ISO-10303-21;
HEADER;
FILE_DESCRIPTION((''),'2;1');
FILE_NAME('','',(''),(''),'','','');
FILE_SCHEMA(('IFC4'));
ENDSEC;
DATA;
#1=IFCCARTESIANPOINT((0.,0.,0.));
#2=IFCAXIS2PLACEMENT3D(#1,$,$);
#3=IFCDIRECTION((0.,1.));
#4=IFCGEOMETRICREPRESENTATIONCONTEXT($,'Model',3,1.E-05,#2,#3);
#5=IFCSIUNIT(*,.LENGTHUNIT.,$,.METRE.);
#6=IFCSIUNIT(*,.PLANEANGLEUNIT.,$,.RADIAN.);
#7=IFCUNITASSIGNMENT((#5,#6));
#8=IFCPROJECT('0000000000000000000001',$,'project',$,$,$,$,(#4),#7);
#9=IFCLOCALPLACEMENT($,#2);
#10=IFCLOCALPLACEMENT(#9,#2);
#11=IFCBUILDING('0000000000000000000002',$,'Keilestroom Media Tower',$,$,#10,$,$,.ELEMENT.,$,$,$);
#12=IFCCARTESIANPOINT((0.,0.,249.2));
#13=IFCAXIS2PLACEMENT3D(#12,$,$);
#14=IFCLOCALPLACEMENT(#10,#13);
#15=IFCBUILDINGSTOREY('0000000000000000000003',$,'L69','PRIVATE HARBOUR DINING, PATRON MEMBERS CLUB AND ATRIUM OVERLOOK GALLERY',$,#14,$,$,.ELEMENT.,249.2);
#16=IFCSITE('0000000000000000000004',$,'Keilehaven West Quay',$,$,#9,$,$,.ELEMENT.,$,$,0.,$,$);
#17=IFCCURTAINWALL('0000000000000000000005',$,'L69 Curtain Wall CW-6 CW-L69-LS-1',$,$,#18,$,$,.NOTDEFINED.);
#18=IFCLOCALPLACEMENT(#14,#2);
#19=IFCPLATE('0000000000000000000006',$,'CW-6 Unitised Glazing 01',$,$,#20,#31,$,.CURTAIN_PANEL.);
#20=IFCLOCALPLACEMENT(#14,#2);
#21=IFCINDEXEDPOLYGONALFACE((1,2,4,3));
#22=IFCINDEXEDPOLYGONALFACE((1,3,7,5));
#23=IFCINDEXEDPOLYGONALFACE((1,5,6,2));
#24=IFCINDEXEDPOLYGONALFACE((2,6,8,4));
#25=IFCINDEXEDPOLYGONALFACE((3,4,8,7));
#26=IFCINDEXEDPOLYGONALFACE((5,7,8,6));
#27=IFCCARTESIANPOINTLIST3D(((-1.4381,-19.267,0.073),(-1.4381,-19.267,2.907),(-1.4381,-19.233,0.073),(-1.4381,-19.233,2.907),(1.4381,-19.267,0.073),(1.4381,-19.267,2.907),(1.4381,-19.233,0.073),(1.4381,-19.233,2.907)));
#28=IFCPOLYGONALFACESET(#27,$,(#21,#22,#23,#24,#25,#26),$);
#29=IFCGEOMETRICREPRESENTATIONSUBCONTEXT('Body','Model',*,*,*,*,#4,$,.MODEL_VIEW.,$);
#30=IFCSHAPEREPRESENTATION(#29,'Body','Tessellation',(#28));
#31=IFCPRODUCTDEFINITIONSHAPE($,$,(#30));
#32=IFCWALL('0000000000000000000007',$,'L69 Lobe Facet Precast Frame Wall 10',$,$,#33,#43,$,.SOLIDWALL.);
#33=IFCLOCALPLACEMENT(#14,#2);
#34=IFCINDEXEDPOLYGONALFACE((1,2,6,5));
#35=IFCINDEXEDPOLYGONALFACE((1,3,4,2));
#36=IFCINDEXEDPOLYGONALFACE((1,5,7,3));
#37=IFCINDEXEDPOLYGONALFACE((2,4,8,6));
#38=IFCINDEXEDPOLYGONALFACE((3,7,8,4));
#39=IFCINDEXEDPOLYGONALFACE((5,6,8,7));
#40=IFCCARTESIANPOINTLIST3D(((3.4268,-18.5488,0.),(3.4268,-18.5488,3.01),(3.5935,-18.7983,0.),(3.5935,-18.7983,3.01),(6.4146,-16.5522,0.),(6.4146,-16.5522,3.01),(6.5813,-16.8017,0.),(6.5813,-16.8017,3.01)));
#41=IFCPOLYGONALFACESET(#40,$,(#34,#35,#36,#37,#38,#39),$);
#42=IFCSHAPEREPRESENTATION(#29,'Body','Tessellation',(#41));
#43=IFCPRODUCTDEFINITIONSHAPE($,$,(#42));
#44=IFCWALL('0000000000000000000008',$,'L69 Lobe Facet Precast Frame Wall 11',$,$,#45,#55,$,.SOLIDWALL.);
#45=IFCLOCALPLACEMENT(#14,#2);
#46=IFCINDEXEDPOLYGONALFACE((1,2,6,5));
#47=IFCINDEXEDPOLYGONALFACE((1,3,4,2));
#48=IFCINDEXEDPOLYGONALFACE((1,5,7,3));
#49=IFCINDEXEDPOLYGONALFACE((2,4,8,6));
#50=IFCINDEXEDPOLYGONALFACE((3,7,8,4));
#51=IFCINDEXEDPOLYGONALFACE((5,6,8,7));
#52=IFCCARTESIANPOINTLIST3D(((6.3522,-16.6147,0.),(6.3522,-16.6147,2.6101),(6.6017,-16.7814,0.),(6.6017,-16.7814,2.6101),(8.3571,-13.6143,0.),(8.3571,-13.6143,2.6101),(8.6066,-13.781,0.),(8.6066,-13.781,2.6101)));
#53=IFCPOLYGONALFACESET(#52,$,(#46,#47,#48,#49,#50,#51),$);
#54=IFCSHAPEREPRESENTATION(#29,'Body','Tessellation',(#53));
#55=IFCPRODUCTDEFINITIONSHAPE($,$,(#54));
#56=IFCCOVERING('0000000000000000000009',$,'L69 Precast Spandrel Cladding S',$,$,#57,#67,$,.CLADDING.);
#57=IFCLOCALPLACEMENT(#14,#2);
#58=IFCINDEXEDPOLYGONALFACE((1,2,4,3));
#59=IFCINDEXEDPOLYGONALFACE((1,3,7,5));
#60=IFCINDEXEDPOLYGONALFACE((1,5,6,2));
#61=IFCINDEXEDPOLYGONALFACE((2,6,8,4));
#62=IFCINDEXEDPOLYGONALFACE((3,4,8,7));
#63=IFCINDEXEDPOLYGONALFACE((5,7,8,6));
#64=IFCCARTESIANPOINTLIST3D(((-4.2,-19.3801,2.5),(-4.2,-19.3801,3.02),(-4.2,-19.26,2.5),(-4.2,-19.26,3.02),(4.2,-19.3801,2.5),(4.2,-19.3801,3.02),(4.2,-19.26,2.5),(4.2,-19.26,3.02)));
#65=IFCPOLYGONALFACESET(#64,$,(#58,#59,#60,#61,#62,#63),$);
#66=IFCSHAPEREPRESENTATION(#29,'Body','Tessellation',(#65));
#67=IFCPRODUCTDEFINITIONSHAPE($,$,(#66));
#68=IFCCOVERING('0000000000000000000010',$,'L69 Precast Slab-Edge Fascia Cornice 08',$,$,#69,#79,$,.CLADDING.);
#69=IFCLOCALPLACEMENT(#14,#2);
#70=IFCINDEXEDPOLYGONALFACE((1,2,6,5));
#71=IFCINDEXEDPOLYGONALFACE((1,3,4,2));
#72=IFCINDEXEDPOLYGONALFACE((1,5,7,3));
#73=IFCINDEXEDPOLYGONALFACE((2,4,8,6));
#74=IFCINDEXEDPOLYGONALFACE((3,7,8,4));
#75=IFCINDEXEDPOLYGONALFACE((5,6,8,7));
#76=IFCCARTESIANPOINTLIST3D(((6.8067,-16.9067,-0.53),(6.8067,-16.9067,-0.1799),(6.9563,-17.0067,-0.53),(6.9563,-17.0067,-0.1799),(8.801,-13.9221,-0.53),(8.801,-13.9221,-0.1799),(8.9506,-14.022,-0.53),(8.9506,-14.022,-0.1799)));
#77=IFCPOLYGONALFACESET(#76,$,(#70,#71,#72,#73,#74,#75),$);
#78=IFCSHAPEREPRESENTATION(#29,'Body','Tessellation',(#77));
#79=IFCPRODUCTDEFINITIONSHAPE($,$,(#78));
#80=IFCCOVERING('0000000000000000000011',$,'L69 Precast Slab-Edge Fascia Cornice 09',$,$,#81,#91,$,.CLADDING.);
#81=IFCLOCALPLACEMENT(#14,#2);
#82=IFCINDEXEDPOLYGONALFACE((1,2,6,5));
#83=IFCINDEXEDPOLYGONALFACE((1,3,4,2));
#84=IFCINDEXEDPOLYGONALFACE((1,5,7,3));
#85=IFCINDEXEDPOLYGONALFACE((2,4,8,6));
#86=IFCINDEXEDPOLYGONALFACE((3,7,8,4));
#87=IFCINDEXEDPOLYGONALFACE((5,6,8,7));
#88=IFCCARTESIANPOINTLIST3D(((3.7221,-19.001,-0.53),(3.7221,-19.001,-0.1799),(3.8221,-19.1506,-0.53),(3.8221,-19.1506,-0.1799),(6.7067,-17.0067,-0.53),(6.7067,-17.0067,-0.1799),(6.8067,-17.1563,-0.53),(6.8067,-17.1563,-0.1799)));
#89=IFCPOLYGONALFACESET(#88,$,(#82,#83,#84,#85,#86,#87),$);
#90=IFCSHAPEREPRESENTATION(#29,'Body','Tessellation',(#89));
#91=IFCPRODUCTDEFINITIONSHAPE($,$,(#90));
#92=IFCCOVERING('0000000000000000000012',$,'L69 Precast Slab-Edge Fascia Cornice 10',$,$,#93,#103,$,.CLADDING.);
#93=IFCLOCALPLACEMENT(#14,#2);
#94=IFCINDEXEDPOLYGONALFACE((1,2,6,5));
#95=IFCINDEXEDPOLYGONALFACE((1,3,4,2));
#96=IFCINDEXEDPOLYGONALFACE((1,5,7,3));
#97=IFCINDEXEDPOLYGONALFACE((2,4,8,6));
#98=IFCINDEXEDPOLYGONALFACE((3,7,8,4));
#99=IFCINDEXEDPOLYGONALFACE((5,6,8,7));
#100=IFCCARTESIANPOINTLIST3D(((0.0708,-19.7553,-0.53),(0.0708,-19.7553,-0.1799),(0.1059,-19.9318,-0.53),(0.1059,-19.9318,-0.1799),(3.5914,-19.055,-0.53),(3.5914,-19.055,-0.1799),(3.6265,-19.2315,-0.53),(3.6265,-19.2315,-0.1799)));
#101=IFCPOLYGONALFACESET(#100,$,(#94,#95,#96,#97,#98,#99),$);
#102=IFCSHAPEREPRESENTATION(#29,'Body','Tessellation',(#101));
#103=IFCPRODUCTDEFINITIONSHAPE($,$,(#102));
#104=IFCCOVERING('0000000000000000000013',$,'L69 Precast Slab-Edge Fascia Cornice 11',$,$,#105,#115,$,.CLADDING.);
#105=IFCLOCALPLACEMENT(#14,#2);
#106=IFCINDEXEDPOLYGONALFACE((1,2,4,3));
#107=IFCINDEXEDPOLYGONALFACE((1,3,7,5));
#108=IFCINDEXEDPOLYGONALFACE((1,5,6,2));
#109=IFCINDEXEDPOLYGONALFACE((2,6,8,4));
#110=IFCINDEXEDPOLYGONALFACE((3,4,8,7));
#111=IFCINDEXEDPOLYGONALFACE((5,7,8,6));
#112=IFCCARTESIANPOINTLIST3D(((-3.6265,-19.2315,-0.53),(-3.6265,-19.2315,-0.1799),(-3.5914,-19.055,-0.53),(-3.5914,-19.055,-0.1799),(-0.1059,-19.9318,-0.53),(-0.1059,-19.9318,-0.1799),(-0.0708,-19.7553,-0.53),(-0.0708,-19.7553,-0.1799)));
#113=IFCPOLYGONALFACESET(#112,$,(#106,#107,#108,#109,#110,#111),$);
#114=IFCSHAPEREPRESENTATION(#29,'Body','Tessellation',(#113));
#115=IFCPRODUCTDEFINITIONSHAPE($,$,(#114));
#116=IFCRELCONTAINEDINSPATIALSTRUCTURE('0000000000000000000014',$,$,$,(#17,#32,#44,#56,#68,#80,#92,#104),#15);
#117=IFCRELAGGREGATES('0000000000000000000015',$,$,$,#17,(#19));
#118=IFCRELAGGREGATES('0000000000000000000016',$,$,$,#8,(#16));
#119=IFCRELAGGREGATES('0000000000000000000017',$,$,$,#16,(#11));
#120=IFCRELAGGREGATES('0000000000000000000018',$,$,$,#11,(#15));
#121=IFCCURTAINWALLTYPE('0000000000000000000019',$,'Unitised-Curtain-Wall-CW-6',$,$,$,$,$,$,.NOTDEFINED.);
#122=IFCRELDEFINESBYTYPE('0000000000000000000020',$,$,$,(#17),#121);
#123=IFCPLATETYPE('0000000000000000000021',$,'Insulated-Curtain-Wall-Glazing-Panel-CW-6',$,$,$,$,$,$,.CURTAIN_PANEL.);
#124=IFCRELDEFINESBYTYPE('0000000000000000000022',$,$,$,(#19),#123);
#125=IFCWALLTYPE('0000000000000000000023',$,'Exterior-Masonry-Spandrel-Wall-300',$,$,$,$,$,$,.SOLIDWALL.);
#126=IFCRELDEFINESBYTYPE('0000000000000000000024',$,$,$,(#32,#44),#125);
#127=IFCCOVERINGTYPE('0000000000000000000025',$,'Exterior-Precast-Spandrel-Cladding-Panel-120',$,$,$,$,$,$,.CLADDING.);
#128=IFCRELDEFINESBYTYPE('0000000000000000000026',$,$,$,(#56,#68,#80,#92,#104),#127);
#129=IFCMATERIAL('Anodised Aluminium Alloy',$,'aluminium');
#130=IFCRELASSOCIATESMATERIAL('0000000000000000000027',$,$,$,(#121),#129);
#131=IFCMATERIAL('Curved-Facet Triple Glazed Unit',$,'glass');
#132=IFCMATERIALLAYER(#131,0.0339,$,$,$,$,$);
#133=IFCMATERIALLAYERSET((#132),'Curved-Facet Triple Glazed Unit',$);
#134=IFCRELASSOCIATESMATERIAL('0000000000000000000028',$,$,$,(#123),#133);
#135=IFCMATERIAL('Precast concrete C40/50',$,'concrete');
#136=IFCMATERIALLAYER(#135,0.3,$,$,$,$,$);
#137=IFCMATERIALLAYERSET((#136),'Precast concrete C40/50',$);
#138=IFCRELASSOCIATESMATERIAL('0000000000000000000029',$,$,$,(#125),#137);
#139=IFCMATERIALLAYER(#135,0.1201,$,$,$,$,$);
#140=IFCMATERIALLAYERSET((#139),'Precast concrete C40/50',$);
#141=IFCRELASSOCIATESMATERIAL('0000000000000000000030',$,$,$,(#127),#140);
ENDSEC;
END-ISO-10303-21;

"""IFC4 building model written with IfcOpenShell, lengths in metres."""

from ifc_helpers import new_model, si_unit, direction, frame, frame_2d, origin, origin_2d, place, context, subcontext, project, spatial, rectangle, extrude, source, transform, mapped, material, layer, layer_set, type_object, element, aggregate, save


model = new_model("IFC4")

# Units and contexts
model_context = context("Model", 3, precision=1e-05, world=origin(), true_north=direction((0.0, 1.0)))
body_context = subcontext(model_context, "Body", "Model", "MODEL_VIEW")
ifc_project = project(units=[si_unit("LENGTHUNIT", "METRE"), si_unit("PLANEANGLEUNIT", "RADIAN")], contexts=[model_context])

# Site, building, storey
site_placement = place(None, origin())
site = spatial("IfcSite", under=ifc_project, at=site_placement, Name="Keilehaven West Quay", CompositionType="ELEMENT", RefElevation=0.0)
building_placement = place(site_placement, origin())
building = spatial("IfcBuilding", under=site, at=building_placement, Name="Keilestroom Media Tower", CompositionType="ELEMENT")
storey_placement = place(building_placement, frame((0.0, 0.0, 249.2)))
storey = spatial("IfcBuildingStorey", under=building, at=storey_placement, Name="L69", Description="PRIVATE HARBOUR DINING, PATRON MEMBERS CLUB AND ATRIUM OVERLOOK GALLERY", CompositionType="ELEMENT", Elevation=249.2)

# Curtain wall, plate
ifc_material_1 = material(Name="Anodised Aluminium Alloy", Category="aluminium")
curtain_wall_type = type_object("IfcCurtainWallType", Name="Unitised-Curtain-Wall-CW-6", PredefinedType="NOTDEFINED", material=ifc_material_1)
curtain_wall_placement = place(storey_placement, origin())
curtain_wall = element("IfcCurtainWall", 1, at=curtain_wall_placement, inside=storey, type_object=curtain_wall_type, Name="L69 Curtain Wall CW-6 CW-L69-LS-1", PredefinedType="NOTDEFINED")
ifc_material_2 = material(Name="Curved-Facet Triple Glazed Unit", Category="glass")
ifc_layer_1 = layer(ifc_material_2, 0.0339)
ifc_layer_set_1 = layer_set([ifc_layer_1], Name="Curved-Facet Triple Glazed Unit")
plate_type = type_object("IfcPlateType", Name="Insulated-Curtain-Wall-Glazing-Panel-CW-6", PredefinedType="CURTAIN_PANEL", material=ifc_layer_set_1)
shared_shape_1 = source(origin(), body_context, "Body", "SweptSolid", [
    extrude(rectangle(XDim=2.8762, YDim=0.0339, at=origin_2d()), origin(), (0.0, 0.0, 1.0), 2.834),
])
plate_1_placement = place(storey_placement, frame((0.0, -19.25, 0.073), z_axis=(0.0, 0.0, 1.0), x_axis=(1.0, 0.0, 0.0)))
plate_1 = element("IfcPlate", 2, at=plate_1_placement, type_object=plate_type, Name="CW-6 Unitised Glazing 01", PredefinedType="CURTAIN_PANEL", context=body_context, shape_type="MappedRepresentation", body=[
    mapped(shared_shape_1, transform((0.0, 0.0, 0.0), x_axis=(1.0, 0.0, 0.0), y_axis=(0.0, 1.0, 0.0), z_axis=(0.0, 0.0, 1.0), scale=1.0)),
])
aggregate(curtain_wall, [plate_1])

# Walls
ifc_material_3 = material(Name="Precast concrete C40/50", Category="concrete")
ifc_layer_2 = layer(ifc_material_3, 0.3)
ifc_layer_set_2 = layer_set([ifc_layer_2], Name="Precast concrete C40/50")
wall_type = type_object("IfcWallType", Name="Exterior-Masonry-Spandrel-Wall-300", PredefinedType="SOLIDWALL", material=ifc_layer_set_2)
wall_1_placement = place(storey_placement, frame((3.51, -18.6736, 0.0), z_axis=(0.0, 0.0, 1.0), x_axis=(0.831444, 0.555609, 0.0)))
element("IfcWall", 3, at=wall_1_placement, inside=storey, type_object=wall_type, Name="L69 Lobe Facet Precast Frame Wall 10", PredefinedType="SOLIDWALL", context=body_context, shape_type="SweptSolid", body=[
    extrude(rectangle(XDim=3.5935, YDim=0.3, at=frame_2d((1.7969, 0.0))), origin(), (0.0, 0.0, 1.0), 3.01),
])
wall_2_placement = place(storey_placement, frame((6.4771, -16.698, 0.0), z_axis=(0.0, 0.0, 1.0), x_axis=(0.555574, 0.831467, 0.0)))
element("IfcWall", 4, at=wall_2_placement, inside=storey, type_object=wall_type, Name="L69 Lobe Facet Precast Frame Wall 11", PredefinedType="SOLIDWALL", context=body_context, shape_type="SweptSolid", body=[
    extrude(rectangle(XDim=3.6086, YDim=0.3, at=frame_2d((1.8042, 0.0))), origin(), (0.0, 0.0, 1.0), 2.6101),
])

# Coverings
ifc_layer_3 = layer(ifc_material_3, 0.1201)
ifc_layer_set_3 = layer_set([ifc_layer_3], Name="Precast concrete C40/50")
covering_type = type_object("IfcCoveringType", Name="Exterior-Precast-Spandrel-Cladding-Panel-120", PredefinedType="CLADDING", material=ifc_layer_set_3)
shared_shape_2 = source(origin(), body_context, "Body", "SweptSolid", [
    extrude(rectangle(XDim=8.3999, YDim=0.1201, at=origin_2d()), origin(), (0.0, 0.0, 1.0), 0.52),
])
covering_placement = place(storey_placement, frame((0.0, -19.3201, 2.5), z_axis=(0.0, 0.0, 1.0), x_axis=(1.0, 0.0, 0.0)))
element("IfcCovering", 5, at=covering_placement, inside=storey, type_object=covering_type, Name="L69 Precast Spandrel Cladding S", PredefinedType="CLADDING", context=body_context, shape_type="MappedRepresentation", body=[
    mapped(shared_shape_2, transform((0.0, 0.0, 0.0), x_axis=(1.0, 0.0, 0.0), y_axis=(0.0, 1.0, 0.0), z_axis=(0.0, 0.0, 1.0), scale=1.0)),
])
shared_shape_3 = source(origin(), body_context, "Body", "SweptSolid", [
    extrude(rectangle(XDim=3.5896, YDim=0.1799, at=origin_2d()), origin(), (0.0, 0.0, 1.0), 0.3501),
])
for number, where, z_axis, x_axis, name in (
    (6, (7.8787, -15.4644, -0.53), (0.0, 0.0, 1.0), (-0.555575, -0.831467, 0.0), "L69 Precast Slab-Edge Fascia Cornice 08"),
    (7, (5.2644, -18.0786, -0.53), (0.0, 0.0, 1.0), (-0.831467, -0.555575, 0.0), "L69 Precast Slab-Edge Fascia Cornice 09"),
    (8, (1.8486, -19.4934, -0.53), (0.0, 0.0, 1.0), (-0.980784, -0.195099, 0.0), "L69 Precast Slab-Edge Fascia Cornice 10"),
    (9, (-1.8486, -19.4934, -0.53), (0.0, 0.0, 1.0), (-0.980784, 0.195099, 0.0), "L69 Precast Slab-Edge Fascia Cornice 11"),
):
    element("IfcCovering", number, at=place(storey_placement, frame(where, z_axis=z_axis, x_axis=x_axis)), inside=storey, type_object=covering_type, Name=name, PredefinedType="CLADDING", context=body_context, shape_type="MappedRepresentation", body=[
        mapped(shared_shape_3, transform((0.0, 0.0, 0.0), x_axis=(1.0, 0.0, 0.0), y_axis=(0.0, 1.0, 0.0), z_axis=(0.0, 0.0, 1.0), scale=1.0)),
    ])

save(model, "model.ifc")
